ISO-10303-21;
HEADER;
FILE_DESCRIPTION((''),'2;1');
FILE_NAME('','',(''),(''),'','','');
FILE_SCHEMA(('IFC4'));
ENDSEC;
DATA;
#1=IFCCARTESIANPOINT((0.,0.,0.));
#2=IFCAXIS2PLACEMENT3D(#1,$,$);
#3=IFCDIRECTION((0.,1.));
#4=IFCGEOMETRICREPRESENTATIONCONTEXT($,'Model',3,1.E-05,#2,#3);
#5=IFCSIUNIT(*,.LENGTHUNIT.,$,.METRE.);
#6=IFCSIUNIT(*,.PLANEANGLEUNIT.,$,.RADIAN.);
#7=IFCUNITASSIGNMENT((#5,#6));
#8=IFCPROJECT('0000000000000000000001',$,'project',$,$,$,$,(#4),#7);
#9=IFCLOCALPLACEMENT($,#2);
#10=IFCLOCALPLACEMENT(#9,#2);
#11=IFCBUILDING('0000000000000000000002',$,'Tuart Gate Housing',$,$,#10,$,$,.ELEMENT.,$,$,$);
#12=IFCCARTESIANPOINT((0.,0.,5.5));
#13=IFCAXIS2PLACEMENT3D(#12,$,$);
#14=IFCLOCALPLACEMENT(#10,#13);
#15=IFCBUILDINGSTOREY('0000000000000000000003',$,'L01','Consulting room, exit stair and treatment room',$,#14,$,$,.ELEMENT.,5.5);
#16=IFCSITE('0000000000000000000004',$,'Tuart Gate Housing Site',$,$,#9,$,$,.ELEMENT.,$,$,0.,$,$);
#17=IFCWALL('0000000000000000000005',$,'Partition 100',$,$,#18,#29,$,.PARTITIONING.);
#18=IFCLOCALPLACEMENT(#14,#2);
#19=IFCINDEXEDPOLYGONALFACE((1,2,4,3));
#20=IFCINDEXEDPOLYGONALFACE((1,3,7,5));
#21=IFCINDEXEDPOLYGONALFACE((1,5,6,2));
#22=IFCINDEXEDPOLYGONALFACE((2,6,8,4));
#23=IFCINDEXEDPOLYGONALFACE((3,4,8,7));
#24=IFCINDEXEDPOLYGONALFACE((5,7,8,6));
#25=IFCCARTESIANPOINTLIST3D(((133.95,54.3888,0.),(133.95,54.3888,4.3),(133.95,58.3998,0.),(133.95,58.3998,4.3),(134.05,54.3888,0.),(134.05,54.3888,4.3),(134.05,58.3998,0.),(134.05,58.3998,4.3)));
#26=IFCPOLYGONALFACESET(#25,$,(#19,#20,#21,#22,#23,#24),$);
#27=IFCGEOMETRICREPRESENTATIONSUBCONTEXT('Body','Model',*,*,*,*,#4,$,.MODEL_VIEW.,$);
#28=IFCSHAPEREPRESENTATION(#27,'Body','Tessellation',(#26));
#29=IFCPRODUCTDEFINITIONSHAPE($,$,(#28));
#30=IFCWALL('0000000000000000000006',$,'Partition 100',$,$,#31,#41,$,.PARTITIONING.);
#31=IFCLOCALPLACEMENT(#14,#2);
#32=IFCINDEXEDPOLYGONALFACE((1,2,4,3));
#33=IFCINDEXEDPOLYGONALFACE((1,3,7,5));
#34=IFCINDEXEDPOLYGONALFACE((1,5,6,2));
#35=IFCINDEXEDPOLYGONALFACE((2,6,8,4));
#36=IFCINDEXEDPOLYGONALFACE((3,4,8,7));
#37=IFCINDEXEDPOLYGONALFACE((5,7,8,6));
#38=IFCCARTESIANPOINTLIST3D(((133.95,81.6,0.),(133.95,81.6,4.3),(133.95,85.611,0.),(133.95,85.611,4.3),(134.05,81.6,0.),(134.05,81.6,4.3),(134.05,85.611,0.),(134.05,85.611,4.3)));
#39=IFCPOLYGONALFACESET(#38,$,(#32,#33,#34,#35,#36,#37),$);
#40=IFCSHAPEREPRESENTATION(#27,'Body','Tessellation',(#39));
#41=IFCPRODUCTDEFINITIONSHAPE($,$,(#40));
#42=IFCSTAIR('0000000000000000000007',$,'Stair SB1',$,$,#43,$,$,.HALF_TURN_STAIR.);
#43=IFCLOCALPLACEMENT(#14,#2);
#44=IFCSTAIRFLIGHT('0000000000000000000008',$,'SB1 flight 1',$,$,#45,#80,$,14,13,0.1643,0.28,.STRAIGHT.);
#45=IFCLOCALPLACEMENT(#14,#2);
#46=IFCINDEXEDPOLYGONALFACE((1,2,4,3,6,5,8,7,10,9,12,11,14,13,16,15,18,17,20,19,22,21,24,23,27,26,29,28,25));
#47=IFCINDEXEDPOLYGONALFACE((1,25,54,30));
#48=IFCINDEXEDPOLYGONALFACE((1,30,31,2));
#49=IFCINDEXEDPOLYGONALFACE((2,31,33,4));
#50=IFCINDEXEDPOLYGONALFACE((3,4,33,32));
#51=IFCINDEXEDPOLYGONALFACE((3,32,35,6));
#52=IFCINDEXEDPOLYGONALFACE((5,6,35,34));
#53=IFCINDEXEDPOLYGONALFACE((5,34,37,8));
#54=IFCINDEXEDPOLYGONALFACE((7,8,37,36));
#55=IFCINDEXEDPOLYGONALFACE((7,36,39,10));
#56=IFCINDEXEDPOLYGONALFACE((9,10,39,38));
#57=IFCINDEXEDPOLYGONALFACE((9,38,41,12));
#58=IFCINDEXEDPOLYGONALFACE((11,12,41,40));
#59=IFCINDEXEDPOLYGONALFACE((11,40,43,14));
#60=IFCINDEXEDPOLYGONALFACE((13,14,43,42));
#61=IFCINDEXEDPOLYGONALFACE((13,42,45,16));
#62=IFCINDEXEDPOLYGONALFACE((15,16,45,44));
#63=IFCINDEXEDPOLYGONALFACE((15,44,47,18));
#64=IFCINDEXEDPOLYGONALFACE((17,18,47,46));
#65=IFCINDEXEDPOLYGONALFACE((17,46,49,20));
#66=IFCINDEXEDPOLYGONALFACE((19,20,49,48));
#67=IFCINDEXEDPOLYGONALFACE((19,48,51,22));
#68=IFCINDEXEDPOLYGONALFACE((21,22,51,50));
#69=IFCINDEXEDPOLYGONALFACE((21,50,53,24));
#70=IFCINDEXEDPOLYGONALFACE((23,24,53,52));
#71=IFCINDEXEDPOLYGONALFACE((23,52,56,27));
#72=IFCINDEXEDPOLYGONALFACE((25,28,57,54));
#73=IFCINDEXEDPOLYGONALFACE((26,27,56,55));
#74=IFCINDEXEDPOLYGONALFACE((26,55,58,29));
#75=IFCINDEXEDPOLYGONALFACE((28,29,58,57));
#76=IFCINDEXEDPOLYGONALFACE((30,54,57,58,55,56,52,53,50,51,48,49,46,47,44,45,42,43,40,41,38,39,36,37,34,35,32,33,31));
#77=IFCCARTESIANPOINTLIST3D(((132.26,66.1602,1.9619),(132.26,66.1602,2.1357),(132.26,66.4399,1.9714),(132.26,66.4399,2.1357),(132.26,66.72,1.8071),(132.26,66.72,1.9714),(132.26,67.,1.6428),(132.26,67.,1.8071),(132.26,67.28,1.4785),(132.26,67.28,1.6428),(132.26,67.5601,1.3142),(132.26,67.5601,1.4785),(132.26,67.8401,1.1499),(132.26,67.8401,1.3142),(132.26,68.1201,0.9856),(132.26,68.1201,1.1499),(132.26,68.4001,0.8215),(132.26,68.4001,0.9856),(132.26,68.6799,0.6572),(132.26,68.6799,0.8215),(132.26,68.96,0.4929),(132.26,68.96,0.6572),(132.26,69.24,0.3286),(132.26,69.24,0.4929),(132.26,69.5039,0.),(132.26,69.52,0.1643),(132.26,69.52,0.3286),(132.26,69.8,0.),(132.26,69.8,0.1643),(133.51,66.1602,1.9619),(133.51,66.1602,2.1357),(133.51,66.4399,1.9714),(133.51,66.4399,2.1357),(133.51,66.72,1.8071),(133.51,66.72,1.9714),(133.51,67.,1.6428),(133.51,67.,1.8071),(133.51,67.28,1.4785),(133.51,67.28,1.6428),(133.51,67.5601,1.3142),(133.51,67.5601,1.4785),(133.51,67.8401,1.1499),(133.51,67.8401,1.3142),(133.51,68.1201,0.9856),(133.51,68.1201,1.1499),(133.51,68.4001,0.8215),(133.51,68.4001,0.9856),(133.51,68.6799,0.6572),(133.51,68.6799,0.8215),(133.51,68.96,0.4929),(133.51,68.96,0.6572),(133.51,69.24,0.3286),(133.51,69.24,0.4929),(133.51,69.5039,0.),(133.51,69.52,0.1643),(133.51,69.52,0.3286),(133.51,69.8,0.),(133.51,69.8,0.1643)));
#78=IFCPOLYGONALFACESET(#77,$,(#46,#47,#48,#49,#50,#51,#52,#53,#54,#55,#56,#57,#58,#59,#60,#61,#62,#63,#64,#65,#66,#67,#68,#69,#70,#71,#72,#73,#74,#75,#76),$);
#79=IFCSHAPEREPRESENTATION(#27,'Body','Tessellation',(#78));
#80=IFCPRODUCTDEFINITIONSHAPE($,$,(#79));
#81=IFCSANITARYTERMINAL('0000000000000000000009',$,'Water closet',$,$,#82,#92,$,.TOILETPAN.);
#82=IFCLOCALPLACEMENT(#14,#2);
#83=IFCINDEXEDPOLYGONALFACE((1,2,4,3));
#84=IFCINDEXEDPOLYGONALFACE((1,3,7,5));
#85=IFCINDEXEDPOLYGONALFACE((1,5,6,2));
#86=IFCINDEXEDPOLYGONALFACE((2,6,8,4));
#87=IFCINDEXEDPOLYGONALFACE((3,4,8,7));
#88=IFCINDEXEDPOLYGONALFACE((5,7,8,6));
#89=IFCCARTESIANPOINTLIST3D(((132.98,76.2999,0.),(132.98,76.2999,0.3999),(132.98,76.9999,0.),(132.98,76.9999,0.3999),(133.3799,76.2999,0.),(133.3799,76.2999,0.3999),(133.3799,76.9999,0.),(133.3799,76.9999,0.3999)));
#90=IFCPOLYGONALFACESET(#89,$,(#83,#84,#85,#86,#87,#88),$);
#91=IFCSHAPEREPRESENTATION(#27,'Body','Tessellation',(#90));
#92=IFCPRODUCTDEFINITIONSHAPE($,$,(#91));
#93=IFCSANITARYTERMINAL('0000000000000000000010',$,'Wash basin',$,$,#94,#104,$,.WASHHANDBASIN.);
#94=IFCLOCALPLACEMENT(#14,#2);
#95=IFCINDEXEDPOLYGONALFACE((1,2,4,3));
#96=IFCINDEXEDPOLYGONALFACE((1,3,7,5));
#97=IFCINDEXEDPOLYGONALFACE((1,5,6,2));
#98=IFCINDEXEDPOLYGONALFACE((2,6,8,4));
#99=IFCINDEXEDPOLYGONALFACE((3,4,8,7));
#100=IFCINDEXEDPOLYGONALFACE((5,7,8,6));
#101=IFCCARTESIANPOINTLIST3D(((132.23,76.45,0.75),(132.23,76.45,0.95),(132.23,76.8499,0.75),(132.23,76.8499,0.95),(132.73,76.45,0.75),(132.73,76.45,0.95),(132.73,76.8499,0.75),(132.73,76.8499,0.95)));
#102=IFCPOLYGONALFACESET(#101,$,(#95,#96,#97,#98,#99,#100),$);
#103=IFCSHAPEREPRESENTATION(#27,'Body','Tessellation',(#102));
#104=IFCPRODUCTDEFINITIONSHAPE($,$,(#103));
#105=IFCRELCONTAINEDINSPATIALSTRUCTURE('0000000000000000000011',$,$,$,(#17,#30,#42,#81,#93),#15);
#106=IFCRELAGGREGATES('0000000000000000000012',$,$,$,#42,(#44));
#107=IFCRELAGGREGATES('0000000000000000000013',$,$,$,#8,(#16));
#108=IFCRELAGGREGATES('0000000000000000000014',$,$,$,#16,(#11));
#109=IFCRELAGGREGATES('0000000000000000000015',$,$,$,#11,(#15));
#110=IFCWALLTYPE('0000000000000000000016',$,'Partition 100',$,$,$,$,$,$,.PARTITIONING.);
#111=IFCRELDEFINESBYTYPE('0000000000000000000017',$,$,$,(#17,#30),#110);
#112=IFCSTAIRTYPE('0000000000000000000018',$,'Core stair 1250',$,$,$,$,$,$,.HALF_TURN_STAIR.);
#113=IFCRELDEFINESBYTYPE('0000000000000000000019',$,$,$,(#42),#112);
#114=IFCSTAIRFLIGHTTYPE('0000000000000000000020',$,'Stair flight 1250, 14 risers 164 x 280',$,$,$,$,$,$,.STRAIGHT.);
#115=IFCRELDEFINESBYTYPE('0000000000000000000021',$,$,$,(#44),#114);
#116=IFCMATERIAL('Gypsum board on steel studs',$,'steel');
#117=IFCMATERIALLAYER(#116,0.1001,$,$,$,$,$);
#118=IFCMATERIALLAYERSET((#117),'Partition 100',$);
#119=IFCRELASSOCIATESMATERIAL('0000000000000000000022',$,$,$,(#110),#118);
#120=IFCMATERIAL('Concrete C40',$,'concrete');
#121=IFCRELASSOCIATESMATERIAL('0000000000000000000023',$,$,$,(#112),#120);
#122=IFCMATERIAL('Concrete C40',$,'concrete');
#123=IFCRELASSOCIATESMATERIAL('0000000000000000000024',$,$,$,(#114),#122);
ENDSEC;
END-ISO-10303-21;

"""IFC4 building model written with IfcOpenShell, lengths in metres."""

from ifc_helpers import new_model, si_unit, direction, frame, frame_2d, origin, origin_2d, place, context, subcontext, project, spatial, polyline, rectangle, outline, extrude, material, layer, layer_set, type_object, element, aggregate, save


model = new_model("IFC4")

# Units and contexts
model_context = context("Model", 3, precision=1e-05, world=origin(), true_north=direction((0.0, 1.0)))
body_context = subcontext(model_context, "Body", "Model", "MODEL_VIEW")
ifc_project = project(units=[si_unit("LENGTHUNIT", "METRE"), si_unit("PLANEANGLEUNIT", "RADIAN")], contexts=[model_context])

# Site, building, storey
site_placement = place(None, origin())
site = spatial("IfcSite", under=ifc_project, at=site_placement, Name="Tuart Gate Housing Site", CompositionType="ELEMENT", RefElevation=0.0)
building_placement = place(site_placement, origin())
building = spatial("IfcBuilding", under=site, at=building_placement, Name="Tuart Gate Housing", CompositionType="ELEMENT")
storey_placement = place(building_placement, frame((0.0, 0.0, 5.5)))
storey = spatial("IfcBuildingStorey", under=building, at=storey_placement, Name="L01", Description="Consulting room, exit stair and treatment room", CompositionType="ELEMENT", Elevation=5.5)

# Walls
ifc_material_1 = material(Name="Gypsum board on steel studs", Category="steel")
ifc_layer_1 = layer(ifc_material_1, 0.1001)
ifc_layer_set_1 = layer_set([ifc_layer_1], Name="Partition 100")
wall_type_1 = type_object("IfcWallType", Name="Partition 100", PredefinedType="PARTITIONING", material=ifc_layer_set_1)
for number, where, z_axis, x_axis, name in (
    (1, (134.0, 54.3889, 0.0), (0.0, 0.0, 1.0), (0.0, 1.0, 0.0), "Partition 100"),
    (2, (134.0, 81.6001, 0.0), (0.0, 0.0, 1.0), (0.0, 1.0, 0.0), "Partition 100"),
):
    element("IfcWall", number, at=place(storey_placement, frame(where, z_axis=z_axis, x_axis=x_axis)), inside=storey, type_object=wall_type_1, Name=name, PredefinedType="PARTITIONING", context=body_context, shape_type="SweptSolid", body=[
        extrude(rectangle(XDim=4.011, YDim=0.1001, at=frame_2d((2.0054, 0.0))), origin(), (0.0, 0.0, 1.0), 4.3),
    ])

# Stair, stair flight
ifc_material_2 = material(Name="Concrete C40", Category="concrete")
stair_type = type_object("IfcStairType", Name="Core stair 1250", PredefinedType="HALF_TURN_STAIR", material=ifc_material_2)
stair_placement = place(storey_placement, origin())
stair = element("IfcStair", 3, at=stair_placement, inside=storey, type_object=stair_type, Name="Stair SB1", PredefinedType="HALF_TURN_STAIR")
ifc_material_3 = material(Name="Concrete C40", Category="concrete")
stair_flight_type = type_object("IfcStairFlightType", Name="Stair flight 1250, 14 risers 164 x 280", PredefinedType="STRAIGHT", material=ifc_material_3)
stair_flight_placement = place(storey_placement, frame((132.885, 69.8, 0.0), z_axis=(0.0, 0.0, 1.0), x_axis=(0.0, -1.0, 0.0)))
stair_flight = element("IfcStairFlight", 4, at=stair_flight_placement, type_object=stair_flight_type, Name="SB1 flight 1", NumberOfRisers=14, NumberOfTreads=13, PredefinedType="STRAIGHT", RiserHeight=0.1643, TreadLength=0.28, context=body_context, shape_type="SweptSolid", body=[
    extrude(outline(polyline([(0.0, 0.0), (0.0, 0.1643), (0.28, 0.1643), (0.28, 0.3286), (0.5601, 0.3286), (0.5601, 0.4929), (0.8401, 0.4929), (0.8401, 0.6572), (1.1201, 0.6572), (1.1201, 0.8215), (1.3999, 0.8215), (1.3999, 0.9856), (1.6799, 0.9856), (1.6799, 1.1499), (1.96, 1.1499), (1.96, 1.3142), (2.24, 1.3142), (2.24, 1.4785), (2.52, 1.4785), (2.52, 1.6428), (2.8, 1.6428), (2.8, 1.8071), (3.0801, 1.8071), (3.0801, 1.9714), (3.3601, 1.9714), (3.3601, 2.1357), (3.6399, 2.1357), (3.6399, 2.3), (3.6399, 1.9619), (0.2961, 0.0), (0.0, 0.0)])), frame((0.0, 0.625, 0.0), z_axis=(0.0, -1.0, 0.0), x_axis=(1.0, 0.0, 0.0)), (0.0, 0.0, 1.0), 1.25),
])
aggregate(stair, [stair_flight])

# Sanitary terminals
sanitary_terminal_1_placement = place(storey_placement, frame((133.1799, 76.6499, 0.0), z_axis=(0.0, 0.0, 1.0), x_axis=(1.0, 0.0, 0.0)))
element("IfcSanitaryTerminal", 5, at=sanitary_terminal_1_placement, inside=storey, Name="Water closet", PredefinedType="TOILETPAN", context=body_context, shape_type="SweptSolid", body=[
    extrude(rectangle(XDim=0.3999, YDim=0.7, at=origin_2d()), origin(), (0.0, 0.0, 1.0), 0.3999),
])
sanitary_terminal_2_placement = place(storey_placement, frame((132.48, 76.6499, 0.75), z_axis=(0.0, 0.0, 1.0), x_axis=(1.0, 0.0, 0.0)))
element("IfcSanitaryTerminal", 6, at=sanitary_terminal_2_placement, inside=storey, Name="Wash basin", PredefinedType="WASHHANDBASIN", context=body_context, shape_type="SweptSolid", body=[
    extrude(rectangle(XDim=0.5, YDim=0.3999, at=origin_2d()), origin(), (0.0, 0.0, 1.0), 0.2),
])

save(model, "model.ifc")
